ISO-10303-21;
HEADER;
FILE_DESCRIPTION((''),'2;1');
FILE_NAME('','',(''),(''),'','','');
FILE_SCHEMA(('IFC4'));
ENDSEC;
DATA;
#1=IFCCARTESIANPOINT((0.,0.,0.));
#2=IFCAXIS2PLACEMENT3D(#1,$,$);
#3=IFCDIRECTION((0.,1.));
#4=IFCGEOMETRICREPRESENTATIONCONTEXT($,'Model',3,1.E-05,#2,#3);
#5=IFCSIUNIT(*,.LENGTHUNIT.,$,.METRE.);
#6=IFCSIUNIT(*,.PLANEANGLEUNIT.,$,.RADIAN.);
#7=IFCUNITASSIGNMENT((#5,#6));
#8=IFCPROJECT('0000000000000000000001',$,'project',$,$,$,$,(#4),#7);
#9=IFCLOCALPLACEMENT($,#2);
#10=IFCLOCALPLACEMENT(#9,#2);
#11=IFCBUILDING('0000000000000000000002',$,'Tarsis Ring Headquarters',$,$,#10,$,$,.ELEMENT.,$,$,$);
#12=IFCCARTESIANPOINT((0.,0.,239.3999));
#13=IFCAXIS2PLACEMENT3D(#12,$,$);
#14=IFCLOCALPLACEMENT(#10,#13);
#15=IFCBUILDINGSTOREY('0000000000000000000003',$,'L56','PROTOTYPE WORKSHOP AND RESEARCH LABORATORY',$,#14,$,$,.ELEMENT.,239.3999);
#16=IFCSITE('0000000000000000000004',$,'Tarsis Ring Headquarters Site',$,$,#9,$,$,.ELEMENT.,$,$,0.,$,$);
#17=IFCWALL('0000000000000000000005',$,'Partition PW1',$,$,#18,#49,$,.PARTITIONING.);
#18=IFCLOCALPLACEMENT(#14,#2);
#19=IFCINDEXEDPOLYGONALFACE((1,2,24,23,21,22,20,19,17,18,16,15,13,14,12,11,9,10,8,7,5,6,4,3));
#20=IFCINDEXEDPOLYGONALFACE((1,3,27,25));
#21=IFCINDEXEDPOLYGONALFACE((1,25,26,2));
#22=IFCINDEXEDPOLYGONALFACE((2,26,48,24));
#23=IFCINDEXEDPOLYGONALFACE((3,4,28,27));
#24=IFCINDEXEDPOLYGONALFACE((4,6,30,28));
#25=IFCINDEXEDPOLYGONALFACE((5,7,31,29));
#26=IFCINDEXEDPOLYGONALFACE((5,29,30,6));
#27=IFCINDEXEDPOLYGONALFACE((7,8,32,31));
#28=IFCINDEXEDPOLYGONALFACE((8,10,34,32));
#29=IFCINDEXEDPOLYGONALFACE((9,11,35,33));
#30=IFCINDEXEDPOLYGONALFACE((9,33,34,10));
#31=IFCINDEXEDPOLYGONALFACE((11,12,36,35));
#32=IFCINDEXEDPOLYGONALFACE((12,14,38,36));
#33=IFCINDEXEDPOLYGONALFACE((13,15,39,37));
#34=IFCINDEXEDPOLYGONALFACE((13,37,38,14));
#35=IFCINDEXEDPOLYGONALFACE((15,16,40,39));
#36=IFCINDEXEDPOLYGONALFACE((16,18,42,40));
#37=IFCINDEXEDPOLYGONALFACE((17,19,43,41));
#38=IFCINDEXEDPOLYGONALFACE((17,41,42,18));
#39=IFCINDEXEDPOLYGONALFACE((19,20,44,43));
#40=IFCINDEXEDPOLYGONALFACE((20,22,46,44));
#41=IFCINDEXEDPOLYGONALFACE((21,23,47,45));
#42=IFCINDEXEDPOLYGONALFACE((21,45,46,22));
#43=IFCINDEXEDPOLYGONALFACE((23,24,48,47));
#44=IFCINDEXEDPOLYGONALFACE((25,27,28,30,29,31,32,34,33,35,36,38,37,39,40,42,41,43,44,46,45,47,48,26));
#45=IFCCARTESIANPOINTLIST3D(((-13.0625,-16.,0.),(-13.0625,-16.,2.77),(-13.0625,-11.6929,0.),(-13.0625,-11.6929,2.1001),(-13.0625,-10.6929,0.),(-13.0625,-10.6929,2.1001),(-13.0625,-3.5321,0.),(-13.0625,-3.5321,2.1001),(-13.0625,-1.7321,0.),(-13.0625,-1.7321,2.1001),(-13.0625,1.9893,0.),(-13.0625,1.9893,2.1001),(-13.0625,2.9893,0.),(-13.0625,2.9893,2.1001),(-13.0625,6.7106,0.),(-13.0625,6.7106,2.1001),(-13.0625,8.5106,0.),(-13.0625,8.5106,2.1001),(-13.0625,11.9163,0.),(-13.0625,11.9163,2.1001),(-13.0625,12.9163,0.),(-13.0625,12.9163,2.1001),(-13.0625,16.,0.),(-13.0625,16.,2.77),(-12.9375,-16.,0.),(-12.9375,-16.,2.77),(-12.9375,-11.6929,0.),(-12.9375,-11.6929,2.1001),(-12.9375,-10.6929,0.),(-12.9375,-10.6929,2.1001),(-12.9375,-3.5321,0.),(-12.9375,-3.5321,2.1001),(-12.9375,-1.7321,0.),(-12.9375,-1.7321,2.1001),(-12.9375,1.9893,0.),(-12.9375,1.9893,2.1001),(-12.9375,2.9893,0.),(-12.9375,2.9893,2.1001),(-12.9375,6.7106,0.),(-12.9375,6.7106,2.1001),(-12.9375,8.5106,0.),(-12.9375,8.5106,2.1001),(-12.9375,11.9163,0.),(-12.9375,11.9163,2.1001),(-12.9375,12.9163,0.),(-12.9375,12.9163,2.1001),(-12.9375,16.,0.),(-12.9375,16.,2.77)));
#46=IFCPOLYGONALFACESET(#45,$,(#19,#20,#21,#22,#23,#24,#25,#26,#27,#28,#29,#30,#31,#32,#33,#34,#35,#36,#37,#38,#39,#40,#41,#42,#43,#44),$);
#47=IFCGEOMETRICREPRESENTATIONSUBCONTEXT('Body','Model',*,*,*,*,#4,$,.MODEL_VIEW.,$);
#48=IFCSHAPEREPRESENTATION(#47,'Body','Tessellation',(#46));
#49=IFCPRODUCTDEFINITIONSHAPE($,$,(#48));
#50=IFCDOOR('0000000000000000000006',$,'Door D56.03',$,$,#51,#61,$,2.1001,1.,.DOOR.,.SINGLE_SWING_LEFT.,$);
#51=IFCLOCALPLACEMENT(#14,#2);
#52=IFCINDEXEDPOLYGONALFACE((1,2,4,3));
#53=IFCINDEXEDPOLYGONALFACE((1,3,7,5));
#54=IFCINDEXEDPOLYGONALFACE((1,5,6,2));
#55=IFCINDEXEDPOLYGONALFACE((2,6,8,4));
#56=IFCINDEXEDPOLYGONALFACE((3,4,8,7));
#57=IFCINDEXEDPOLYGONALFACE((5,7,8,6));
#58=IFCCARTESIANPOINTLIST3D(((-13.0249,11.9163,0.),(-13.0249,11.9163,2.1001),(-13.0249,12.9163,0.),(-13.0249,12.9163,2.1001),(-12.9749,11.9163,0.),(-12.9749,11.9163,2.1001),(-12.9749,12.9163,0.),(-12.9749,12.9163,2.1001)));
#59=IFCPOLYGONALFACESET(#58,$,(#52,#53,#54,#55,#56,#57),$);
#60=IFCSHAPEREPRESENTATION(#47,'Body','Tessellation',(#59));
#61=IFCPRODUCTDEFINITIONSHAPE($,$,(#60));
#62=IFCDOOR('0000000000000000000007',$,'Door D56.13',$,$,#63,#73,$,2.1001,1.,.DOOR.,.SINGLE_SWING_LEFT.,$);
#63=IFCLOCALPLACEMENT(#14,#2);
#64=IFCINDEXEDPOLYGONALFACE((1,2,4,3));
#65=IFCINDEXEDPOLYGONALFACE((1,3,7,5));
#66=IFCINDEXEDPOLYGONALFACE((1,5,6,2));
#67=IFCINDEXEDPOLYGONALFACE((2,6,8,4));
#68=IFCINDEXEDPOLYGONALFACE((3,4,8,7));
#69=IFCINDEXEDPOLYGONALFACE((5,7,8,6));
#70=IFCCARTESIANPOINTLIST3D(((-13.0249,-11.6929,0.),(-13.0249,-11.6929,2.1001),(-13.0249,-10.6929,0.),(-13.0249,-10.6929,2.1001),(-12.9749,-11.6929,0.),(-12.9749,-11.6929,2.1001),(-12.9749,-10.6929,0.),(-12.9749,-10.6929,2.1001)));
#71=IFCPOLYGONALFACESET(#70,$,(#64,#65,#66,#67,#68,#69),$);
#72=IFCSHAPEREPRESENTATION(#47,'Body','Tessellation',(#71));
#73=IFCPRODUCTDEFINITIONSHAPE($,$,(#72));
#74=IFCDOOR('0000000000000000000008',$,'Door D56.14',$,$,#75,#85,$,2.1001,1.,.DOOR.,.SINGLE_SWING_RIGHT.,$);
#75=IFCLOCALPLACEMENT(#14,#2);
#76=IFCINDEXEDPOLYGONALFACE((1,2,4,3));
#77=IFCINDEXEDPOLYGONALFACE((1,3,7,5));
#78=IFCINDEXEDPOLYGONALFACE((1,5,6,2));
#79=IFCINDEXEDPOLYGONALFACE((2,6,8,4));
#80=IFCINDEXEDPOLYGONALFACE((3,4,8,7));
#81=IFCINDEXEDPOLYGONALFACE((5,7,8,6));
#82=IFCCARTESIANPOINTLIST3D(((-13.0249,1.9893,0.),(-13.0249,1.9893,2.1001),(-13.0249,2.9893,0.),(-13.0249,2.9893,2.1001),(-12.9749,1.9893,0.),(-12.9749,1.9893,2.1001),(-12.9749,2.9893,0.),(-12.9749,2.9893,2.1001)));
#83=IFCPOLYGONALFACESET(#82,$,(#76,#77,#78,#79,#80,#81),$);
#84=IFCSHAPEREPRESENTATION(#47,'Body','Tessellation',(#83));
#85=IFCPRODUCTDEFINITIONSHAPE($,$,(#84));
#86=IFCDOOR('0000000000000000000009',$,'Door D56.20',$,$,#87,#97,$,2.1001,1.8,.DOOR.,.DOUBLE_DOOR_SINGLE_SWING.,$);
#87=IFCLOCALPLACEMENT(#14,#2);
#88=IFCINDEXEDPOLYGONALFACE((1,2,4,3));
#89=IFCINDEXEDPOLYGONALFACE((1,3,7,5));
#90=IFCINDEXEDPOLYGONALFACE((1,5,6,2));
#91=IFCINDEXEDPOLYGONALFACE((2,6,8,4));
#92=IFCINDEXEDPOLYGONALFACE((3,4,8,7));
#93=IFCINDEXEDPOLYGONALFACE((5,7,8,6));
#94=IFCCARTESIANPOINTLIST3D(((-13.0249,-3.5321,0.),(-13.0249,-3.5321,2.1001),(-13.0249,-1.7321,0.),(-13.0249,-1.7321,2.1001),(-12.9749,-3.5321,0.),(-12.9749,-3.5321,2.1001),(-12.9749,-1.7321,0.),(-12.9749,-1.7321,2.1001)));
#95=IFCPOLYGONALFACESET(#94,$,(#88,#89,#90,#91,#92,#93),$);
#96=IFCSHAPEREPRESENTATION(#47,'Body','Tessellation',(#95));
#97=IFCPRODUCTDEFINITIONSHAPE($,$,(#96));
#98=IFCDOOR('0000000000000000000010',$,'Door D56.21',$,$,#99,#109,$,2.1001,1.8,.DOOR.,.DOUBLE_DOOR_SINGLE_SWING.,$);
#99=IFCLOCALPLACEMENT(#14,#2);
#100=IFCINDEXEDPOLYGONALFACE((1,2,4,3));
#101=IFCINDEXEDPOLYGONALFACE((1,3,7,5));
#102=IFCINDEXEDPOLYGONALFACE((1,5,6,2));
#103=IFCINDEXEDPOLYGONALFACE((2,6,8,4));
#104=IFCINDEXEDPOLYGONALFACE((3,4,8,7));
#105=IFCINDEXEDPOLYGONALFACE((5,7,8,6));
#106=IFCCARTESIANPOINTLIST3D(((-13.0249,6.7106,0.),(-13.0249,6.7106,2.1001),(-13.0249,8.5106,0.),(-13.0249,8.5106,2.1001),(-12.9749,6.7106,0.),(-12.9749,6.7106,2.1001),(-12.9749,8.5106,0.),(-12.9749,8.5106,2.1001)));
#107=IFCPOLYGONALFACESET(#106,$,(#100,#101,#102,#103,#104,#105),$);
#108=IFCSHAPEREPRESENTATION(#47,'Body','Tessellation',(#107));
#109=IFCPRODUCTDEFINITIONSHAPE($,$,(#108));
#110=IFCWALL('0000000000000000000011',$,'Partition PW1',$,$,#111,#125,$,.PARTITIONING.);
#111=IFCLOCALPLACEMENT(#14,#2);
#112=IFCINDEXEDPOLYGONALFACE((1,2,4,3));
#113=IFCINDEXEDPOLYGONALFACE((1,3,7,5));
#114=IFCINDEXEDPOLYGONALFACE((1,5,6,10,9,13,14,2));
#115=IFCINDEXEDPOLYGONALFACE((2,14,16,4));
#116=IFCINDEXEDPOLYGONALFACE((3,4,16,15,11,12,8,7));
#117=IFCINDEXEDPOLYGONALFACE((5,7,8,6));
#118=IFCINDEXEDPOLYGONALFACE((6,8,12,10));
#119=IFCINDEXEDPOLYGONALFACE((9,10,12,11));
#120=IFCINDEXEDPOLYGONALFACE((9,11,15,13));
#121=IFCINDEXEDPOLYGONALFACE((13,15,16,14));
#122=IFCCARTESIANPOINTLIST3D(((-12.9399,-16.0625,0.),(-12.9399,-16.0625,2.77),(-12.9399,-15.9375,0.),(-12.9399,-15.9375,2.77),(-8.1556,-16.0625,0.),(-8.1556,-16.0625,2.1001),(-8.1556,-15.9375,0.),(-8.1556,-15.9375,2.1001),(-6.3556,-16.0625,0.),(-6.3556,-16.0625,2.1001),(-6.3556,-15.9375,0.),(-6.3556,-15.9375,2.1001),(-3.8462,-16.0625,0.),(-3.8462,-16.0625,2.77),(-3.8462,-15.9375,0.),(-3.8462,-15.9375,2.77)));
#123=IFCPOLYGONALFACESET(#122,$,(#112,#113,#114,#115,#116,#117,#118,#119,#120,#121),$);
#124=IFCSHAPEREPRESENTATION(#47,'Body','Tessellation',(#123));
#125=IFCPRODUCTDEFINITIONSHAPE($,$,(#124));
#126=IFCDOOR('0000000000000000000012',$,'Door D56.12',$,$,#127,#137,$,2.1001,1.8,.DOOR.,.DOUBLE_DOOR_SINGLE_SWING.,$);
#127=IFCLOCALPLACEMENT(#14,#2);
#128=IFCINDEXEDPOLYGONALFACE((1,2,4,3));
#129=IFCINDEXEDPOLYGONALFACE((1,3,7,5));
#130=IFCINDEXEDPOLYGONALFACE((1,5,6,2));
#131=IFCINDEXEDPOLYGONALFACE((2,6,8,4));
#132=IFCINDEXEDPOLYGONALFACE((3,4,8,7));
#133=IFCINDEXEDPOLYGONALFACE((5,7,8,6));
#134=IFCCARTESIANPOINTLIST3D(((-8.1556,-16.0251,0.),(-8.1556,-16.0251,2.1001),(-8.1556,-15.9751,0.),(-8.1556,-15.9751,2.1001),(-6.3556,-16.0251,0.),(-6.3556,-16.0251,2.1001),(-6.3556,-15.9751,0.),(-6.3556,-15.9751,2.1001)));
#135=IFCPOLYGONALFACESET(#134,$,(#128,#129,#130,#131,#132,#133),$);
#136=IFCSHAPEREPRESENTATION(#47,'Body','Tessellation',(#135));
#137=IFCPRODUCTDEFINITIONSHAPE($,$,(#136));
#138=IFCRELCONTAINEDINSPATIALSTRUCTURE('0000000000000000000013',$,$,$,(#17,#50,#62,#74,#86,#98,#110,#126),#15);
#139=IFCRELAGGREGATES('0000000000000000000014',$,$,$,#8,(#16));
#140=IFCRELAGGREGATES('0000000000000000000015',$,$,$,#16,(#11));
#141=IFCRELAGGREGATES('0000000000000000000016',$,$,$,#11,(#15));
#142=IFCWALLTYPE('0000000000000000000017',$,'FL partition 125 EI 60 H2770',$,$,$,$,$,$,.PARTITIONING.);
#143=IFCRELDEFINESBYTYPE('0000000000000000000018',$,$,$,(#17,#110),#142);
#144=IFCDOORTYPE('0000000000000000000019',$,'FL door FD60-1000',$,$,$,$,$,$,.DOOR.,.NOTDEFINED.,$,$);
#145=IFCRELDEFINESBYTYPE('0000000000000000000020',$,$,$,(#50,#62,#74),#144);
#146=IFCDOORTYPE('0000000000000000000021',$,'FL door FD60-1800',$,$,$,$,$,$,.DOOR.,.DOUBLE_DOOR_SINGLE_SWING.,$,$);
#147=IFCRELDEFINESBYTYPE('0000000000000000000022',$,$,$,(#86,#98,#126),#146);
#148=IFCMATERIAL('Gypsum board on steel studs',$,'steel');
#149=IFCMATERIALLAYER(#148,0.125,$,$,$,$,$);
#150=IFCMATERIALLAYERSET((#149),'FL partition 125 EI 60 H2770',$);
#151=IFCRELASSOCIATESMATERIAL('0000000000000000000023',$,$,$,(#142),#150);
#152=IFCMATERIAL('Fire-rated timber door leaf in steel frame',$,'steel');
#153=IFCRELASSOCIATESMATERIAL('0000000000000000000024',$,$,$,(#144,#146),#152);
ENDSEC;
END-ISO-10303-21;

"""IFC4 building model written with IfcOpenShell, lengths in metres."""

from ifc_helpers import new_model, si_unit, direction, frame, frame_2d, origin, place, context, subcontext, project, spatial, rectangle, extrude, material, layer, layer_set, type_object, element, fill, save


model = new_model("IFC4")

# Units and contexts
model_context = context("Model", 3, precision=1e-05, world=origin(), true_north=direction((0.0, 1.0)))
body_context = subcontext(model_context, "Body", "Model", "MODEL_VIEW")
ifc_project = project(units=[si_unit("LENGTHUNIT", "METRE"), si_unit("PLANEANGLEUNIT", "RADIAN")], contexts=[model_context])

# Site, building, storey
site_placement = place(None, origin())
site = spatial("IfcSite", under=ifc_project, at=site_placement, Name="Tarsis Ring Headquarters Site", CompositionType="ELEMENT", RefElevation=0.0)
building_placement = place(site_placement, origin())
building = spatial("IfcBuilding", under=site, at=building_placement, Name="Tarsis Ring Headquarters", CompositionType="ELEMENT")
storey_placement = place(building_placement, frame((0.0, 0.0, 239.3999)))
storey = spatial("IfcBuildingStorey", under=building, at=storey_placement, Name="L56", Description="PROTOTYPE WORKSHOP AND RESEARCH LABORATORY", CompositionType="ELEMENT", Elevation=239.3999)

# Shared definitions
ifc_material_1 = material(Name="Gypsum board on steel studs", Category="steel")

# Wall, openings, doors
ifc_layer_1 = layer(ifc_material_1, 0.125)
ifc_layer_set_1 = layer_set([ifc_layer_1], Name="FL partition 125 EI 60 H2770")
wall_type_1 = type_object("IfcWallType", Name="FL partition 125 EI 60 H2770", PredefinedType="PARTITIONING", material=ifc_layer_set_1)
wall_1_placement = place(storey_placement, frame((-13.0, -16.0, 0.0), z_axis=(0.0, 0.0, 1.0), x_axis=(0.0, 1.0, 0.0)))
wall_1 = element("IfcWall", 1, at=wall_1_placement, inside=storey, type_object=wall_type_1, Name="Partition PW1", PredefinedType="PARTITIONING", context=body_context, shape_type="SweptSolid", body=[
    extrude(rectangle(XDim=32.0, YDim=0.125, at=frame_2d((16.0, 0.0))), origin(), (0.0, 0.0, 1.0), 2.77),
])
opening_1_placement = place(wall_1_placement, frame((27.9163, 0.0, 0.0)))
opening_1 = element("IfcOpeningElement", 2, at=opening_1_placement, cuts=wall_1, PredefinedType="OPENING", context=body_context, shape_type="SweptSolid", body=[
    extrude(rectangle(XDim=1.0, YDim=2.1001, at=frame_2d((0.5, 1.05))), frame((0.0, 0.0725, 0.0), z_axis=(0.0, -1.0, 0.0), x_axis=(1.0, 0.0, 0.0)), (0.0, 0.0, 1.0), 0.145),
])
opening_2_placement = place(wall_1_placement, frame((4.3071, 0.0, 0.0)))
opening_2 = element("IfcOpeningElement", 3, at=opening_2_placement, cuts=wall_1, PredefinedType="OPENING", context=body_context, shape_type="SweptSolid", body=[
    extrude(rectangle(XDim=1.0, YDim=2.1001, at=frame_2d((0.5, 1.05))), frame((0.0, 0.0725, 0.0), z_axis=(0.0, -1.0, 0.0), x_axis=(1.0, 0.0, 0.0)), (0.0, 0.0, 1.0), 0.145),
])
opening_3_placement = place(wall_1_placement, frame((17.9893, 0.0, 0.0)))
opening_3 = element("IfcOpeningElement", 4, at=opening_3_placement, cuts=wall_1, PredefinedType="OPENING", context=body_context, shape_type="SweptSolid", body=[
    extrude(rectangle(XDim=1.0, YDim=2.1001, at=frame_2d((0.5, 1.05))), frame((0.0, 0.0725, 0.0), z_axis=(0.0, -1.0, 0.0), x_axis=(1.0, 0.0, 0.0)), (0.0, 0.0, 1.0), 0.145),
])
opening_4_placement = place(wall_1_placement, frame((12.468, 0.0, 0.0)))
opening_4 = element("IfcOpeningElement", 5, at=opening_4_placement, cuts=wall_1, PredefinedType="OPENING", context=body_context, shape_type="SweptSolid", body=[
    extrude(rectangle(XDim=1.8, YDim=2.1001, at=frame_2d((0.8999, 1.05))), frame((0.0, 0.0725, 0.0), z_axis=(0.0, -1.0, 0.0), x_axis=(1.0, 0.0, 0.0)), (0.0, 0.0, 1.0), 0.145),
])
opening_5_placement = place(wall_1_placement, frame((22.7107, 0.0, 0.0)))
opening_5 = element("IfcOpeningElement", 6, at=opening_5_placement, cuts=wall_1, PredefinedType="OPENING", context=body_context, shape_type="SweptSolid", body=[
    extrude(rectangle(XDim=1.8, YDim=2.1001, at=frame_2d((0.8999, 1.05))), frame((0.0, 0.0725, 0.0), z_axis=(0.0, -1.0, 0.0), x_axis=(1.0, 0.0, 0.0)), (0.0, 0.0, 1.0), 0.145),
])
ifc_material_2 = material(Name="Fire-rated timber door leaf in steel frame", Category="steel")
door_type_1 = type_object("IfcDoorType", Name="FL door FD60-1000", OperationType="NOTDEFINED", PredefinedType="DOOR", material=ifc_material_2)
door_1_placement = place(opening_1_placement, origin())
door_1 = element("IfcDoor", 7, at=door_1_placement, inside=storey, type_object=door_type_1, Name="Door D56.03", OperationType="SINGLE_SWING_LEFT", OverallHeight=2.1001, OverallWidth=1.0, PredefinedType="DOOR", context=body_context, shape_type="SweptSolid", body=[
    extrude(rectangle(XDim=1.0, YDim=2.1001, at=frame_2d((0.5, 1.05))), frame((0.0, 0.0249, 0.0), z_axis=(0.0, -1.0, 0.0), x_axis=(1.0, 0.0, 0.0)), (0.0, 0.0, 1.0), 0.05),
])
fill(opening_1, door_1)
door_2_placement = place(opening_2_placement, origin())
door_2 = element("IfcDoor", 8, at=door_2_placement, inside=storey, type_object=door_type_1, Name="Door D56.13", OperationType="SINGLE_SWING_LEFT", OverallHeight=2.1001, OverallWidth=1.0, PredefinedType="DOOR", context=body_context, shape_type="SweptSolid", body=[
    extrude(rectangle(XDim=1.0, YDim=2.1001, at=frame_2d((0.5, 1.05))), frame((0.0, 0.0249, 0.0), z_axis=(0.0, -1.0, 0.0), x_axis=(1.0, 0.0, 0.0)), (0.0, 0.0, 1.0), 0.05),
])
fill(opening_2, door_2)
door_3_placement = place(opening_3_placement, origin())
door_3 = element("IfcDoor", 9, at=door_3_placement, inside=storey, type_object=door_type_1, Name="Door D56.14", OperationType="SINGLE_SWING_RIGHT", OverallHeight=2.1001, OverallWidth=1.0, PredefinedType="DOOR", context=body_context, shape_type="SweptSolid", body=[
    extrude(rectangle(XDim=1.0, YDim=2.1001, at=frame_2d((0.5, 1.05))), frame((0.0, 0.0249, 0.0), z_axis=(0.0, -1.0, 0.0), x_axis=(1.0, 0.0, 0.0)), (0.0, 0.0, 1.0), 0.05),
])
fill(opening_3, door_3)
door_type_2 = type_object("IfcDoorType", Name="FL door FD60-1800", OperationType="DOUBLE_DOOR_SINGLE_SWING", PredefinedType="DOOR", material=ifc_material_2)
door_4_placement = place(opening_4_placement, origin())
door_4 = element("IfcDoor", 10, at=door_4_placement, inside=storey, type_object=door_type_2, Name="Door D56.20", OperationType="DOUBLE_DOOR_SINGLE_SWING", OverallHeight=2.1001, OverallWidth=1.8, PredefinedType="DOOR", context=body_context, shape_type="SweptSolid", body=[
    extrude(rectangle(XDim=1.8, YDim=2.1001, at=frame_2d((0.8999, 1.05))), frame((0.0, 0.0249, 0.0), z_axis=(0.0, -1.0, 0.0), x_axis=(1.0, 0.0, 0.0)), (0.0, 0.0, 1.0), 0.05),
])
fill(opening_4, door_4)
door_5_placement = place(opening_5_placement, origin())
door_5 = element("IfcDoor", 11, at=door_5_placement, inside=storey, type_object=door_type_2, Name="Door D56.21", OperationType="DOUBLE_DOOR_SINGLE_SWING", OverallHeight=2.1001, OverallWidth=1.8, PredefinedType="DOOR", context=body_context, shape_type="SweptSolid", body=[
    extrude(rectangle(XDim=1.8, YDim=2.1001, at=frame_2d((0.8999, 1.05))), frame((0.0, 0.0249, 0.0), z_axis=(0.0, -1.0, 0.0), x_axis=(1.0, 0.0, 0.0)), (0.0, 0.0, 1.0), 0.05),
])
fill(opening_5, door_5)

# Wall, opening, door
wall_2_placement = place(storey_placement, frame((-12.9399, -16.0, 0.0), z_axis=(0.0, 0.0, 1.0), x_axis=(1.0, 0.0, 0.0)))
wall_2 = element("IfcWall", 12, at=wall_2_placement, inside=storey, type_object=wall_type_1, Name="Partition PW1", PredefinedType="PARTITIONING", context=body_context, shape_type="SweptSolid", body=[
    extrude(rectangle(XDim=9.0938, YDim=0.125, at=frame_2d((4.5469, 0.0))), origin(), (0.0, 0.0, 1.0), 2.77),
])
opening_6_placement = place(wall_2_placement, frame((4.7844, 0.0, 0.0)))
opening_6 = element("IfcOpeningElement", 13, at=opening_6_placement, cuts=wall_2, PredefinedType="OPENING", context=body_context, shape_type="SweptSolid", body=[
    extrude(rectangle(XDim=1.8, YDim=2.1001, at=frame_2d((0.8999, 1.05))), frame((0.0, 0.0725, 0.0), z_axis=(0.0, -1.0, 0.0), x_axis=(1.0, 0.0, 0.0)), (0.0, 0.0, 1.0), 0.145),
])
door_6_placement = place(opening_6_placement, origin())
door_6 = element("IfcDoor", 14, at=door_6_placement, inside=storey, type_object=door_type_2, Name="Door D56.12", OperationType="DOUBLE_DOOR_SINGLE_SWING", OverallHeight=2.1001, OverallWidth=1.8, PredefinedType="DOOR", context=body_context, shape_type="SweptSolid", body=[
    extrude(rectangle(XDim=1.8, YDim=2.1001, at=frame_2d((0.8999, 1.05))), frame((0.0, 0.0249, 0.0), z_axis=(0.0, -1.0, 0.0), x_axis=(1.0, 0.0, 0.0)), (0.0, 0.0, 1.0), 0.05),
])
fill(opening_6, door_6)

save(model, "model.ifc")
